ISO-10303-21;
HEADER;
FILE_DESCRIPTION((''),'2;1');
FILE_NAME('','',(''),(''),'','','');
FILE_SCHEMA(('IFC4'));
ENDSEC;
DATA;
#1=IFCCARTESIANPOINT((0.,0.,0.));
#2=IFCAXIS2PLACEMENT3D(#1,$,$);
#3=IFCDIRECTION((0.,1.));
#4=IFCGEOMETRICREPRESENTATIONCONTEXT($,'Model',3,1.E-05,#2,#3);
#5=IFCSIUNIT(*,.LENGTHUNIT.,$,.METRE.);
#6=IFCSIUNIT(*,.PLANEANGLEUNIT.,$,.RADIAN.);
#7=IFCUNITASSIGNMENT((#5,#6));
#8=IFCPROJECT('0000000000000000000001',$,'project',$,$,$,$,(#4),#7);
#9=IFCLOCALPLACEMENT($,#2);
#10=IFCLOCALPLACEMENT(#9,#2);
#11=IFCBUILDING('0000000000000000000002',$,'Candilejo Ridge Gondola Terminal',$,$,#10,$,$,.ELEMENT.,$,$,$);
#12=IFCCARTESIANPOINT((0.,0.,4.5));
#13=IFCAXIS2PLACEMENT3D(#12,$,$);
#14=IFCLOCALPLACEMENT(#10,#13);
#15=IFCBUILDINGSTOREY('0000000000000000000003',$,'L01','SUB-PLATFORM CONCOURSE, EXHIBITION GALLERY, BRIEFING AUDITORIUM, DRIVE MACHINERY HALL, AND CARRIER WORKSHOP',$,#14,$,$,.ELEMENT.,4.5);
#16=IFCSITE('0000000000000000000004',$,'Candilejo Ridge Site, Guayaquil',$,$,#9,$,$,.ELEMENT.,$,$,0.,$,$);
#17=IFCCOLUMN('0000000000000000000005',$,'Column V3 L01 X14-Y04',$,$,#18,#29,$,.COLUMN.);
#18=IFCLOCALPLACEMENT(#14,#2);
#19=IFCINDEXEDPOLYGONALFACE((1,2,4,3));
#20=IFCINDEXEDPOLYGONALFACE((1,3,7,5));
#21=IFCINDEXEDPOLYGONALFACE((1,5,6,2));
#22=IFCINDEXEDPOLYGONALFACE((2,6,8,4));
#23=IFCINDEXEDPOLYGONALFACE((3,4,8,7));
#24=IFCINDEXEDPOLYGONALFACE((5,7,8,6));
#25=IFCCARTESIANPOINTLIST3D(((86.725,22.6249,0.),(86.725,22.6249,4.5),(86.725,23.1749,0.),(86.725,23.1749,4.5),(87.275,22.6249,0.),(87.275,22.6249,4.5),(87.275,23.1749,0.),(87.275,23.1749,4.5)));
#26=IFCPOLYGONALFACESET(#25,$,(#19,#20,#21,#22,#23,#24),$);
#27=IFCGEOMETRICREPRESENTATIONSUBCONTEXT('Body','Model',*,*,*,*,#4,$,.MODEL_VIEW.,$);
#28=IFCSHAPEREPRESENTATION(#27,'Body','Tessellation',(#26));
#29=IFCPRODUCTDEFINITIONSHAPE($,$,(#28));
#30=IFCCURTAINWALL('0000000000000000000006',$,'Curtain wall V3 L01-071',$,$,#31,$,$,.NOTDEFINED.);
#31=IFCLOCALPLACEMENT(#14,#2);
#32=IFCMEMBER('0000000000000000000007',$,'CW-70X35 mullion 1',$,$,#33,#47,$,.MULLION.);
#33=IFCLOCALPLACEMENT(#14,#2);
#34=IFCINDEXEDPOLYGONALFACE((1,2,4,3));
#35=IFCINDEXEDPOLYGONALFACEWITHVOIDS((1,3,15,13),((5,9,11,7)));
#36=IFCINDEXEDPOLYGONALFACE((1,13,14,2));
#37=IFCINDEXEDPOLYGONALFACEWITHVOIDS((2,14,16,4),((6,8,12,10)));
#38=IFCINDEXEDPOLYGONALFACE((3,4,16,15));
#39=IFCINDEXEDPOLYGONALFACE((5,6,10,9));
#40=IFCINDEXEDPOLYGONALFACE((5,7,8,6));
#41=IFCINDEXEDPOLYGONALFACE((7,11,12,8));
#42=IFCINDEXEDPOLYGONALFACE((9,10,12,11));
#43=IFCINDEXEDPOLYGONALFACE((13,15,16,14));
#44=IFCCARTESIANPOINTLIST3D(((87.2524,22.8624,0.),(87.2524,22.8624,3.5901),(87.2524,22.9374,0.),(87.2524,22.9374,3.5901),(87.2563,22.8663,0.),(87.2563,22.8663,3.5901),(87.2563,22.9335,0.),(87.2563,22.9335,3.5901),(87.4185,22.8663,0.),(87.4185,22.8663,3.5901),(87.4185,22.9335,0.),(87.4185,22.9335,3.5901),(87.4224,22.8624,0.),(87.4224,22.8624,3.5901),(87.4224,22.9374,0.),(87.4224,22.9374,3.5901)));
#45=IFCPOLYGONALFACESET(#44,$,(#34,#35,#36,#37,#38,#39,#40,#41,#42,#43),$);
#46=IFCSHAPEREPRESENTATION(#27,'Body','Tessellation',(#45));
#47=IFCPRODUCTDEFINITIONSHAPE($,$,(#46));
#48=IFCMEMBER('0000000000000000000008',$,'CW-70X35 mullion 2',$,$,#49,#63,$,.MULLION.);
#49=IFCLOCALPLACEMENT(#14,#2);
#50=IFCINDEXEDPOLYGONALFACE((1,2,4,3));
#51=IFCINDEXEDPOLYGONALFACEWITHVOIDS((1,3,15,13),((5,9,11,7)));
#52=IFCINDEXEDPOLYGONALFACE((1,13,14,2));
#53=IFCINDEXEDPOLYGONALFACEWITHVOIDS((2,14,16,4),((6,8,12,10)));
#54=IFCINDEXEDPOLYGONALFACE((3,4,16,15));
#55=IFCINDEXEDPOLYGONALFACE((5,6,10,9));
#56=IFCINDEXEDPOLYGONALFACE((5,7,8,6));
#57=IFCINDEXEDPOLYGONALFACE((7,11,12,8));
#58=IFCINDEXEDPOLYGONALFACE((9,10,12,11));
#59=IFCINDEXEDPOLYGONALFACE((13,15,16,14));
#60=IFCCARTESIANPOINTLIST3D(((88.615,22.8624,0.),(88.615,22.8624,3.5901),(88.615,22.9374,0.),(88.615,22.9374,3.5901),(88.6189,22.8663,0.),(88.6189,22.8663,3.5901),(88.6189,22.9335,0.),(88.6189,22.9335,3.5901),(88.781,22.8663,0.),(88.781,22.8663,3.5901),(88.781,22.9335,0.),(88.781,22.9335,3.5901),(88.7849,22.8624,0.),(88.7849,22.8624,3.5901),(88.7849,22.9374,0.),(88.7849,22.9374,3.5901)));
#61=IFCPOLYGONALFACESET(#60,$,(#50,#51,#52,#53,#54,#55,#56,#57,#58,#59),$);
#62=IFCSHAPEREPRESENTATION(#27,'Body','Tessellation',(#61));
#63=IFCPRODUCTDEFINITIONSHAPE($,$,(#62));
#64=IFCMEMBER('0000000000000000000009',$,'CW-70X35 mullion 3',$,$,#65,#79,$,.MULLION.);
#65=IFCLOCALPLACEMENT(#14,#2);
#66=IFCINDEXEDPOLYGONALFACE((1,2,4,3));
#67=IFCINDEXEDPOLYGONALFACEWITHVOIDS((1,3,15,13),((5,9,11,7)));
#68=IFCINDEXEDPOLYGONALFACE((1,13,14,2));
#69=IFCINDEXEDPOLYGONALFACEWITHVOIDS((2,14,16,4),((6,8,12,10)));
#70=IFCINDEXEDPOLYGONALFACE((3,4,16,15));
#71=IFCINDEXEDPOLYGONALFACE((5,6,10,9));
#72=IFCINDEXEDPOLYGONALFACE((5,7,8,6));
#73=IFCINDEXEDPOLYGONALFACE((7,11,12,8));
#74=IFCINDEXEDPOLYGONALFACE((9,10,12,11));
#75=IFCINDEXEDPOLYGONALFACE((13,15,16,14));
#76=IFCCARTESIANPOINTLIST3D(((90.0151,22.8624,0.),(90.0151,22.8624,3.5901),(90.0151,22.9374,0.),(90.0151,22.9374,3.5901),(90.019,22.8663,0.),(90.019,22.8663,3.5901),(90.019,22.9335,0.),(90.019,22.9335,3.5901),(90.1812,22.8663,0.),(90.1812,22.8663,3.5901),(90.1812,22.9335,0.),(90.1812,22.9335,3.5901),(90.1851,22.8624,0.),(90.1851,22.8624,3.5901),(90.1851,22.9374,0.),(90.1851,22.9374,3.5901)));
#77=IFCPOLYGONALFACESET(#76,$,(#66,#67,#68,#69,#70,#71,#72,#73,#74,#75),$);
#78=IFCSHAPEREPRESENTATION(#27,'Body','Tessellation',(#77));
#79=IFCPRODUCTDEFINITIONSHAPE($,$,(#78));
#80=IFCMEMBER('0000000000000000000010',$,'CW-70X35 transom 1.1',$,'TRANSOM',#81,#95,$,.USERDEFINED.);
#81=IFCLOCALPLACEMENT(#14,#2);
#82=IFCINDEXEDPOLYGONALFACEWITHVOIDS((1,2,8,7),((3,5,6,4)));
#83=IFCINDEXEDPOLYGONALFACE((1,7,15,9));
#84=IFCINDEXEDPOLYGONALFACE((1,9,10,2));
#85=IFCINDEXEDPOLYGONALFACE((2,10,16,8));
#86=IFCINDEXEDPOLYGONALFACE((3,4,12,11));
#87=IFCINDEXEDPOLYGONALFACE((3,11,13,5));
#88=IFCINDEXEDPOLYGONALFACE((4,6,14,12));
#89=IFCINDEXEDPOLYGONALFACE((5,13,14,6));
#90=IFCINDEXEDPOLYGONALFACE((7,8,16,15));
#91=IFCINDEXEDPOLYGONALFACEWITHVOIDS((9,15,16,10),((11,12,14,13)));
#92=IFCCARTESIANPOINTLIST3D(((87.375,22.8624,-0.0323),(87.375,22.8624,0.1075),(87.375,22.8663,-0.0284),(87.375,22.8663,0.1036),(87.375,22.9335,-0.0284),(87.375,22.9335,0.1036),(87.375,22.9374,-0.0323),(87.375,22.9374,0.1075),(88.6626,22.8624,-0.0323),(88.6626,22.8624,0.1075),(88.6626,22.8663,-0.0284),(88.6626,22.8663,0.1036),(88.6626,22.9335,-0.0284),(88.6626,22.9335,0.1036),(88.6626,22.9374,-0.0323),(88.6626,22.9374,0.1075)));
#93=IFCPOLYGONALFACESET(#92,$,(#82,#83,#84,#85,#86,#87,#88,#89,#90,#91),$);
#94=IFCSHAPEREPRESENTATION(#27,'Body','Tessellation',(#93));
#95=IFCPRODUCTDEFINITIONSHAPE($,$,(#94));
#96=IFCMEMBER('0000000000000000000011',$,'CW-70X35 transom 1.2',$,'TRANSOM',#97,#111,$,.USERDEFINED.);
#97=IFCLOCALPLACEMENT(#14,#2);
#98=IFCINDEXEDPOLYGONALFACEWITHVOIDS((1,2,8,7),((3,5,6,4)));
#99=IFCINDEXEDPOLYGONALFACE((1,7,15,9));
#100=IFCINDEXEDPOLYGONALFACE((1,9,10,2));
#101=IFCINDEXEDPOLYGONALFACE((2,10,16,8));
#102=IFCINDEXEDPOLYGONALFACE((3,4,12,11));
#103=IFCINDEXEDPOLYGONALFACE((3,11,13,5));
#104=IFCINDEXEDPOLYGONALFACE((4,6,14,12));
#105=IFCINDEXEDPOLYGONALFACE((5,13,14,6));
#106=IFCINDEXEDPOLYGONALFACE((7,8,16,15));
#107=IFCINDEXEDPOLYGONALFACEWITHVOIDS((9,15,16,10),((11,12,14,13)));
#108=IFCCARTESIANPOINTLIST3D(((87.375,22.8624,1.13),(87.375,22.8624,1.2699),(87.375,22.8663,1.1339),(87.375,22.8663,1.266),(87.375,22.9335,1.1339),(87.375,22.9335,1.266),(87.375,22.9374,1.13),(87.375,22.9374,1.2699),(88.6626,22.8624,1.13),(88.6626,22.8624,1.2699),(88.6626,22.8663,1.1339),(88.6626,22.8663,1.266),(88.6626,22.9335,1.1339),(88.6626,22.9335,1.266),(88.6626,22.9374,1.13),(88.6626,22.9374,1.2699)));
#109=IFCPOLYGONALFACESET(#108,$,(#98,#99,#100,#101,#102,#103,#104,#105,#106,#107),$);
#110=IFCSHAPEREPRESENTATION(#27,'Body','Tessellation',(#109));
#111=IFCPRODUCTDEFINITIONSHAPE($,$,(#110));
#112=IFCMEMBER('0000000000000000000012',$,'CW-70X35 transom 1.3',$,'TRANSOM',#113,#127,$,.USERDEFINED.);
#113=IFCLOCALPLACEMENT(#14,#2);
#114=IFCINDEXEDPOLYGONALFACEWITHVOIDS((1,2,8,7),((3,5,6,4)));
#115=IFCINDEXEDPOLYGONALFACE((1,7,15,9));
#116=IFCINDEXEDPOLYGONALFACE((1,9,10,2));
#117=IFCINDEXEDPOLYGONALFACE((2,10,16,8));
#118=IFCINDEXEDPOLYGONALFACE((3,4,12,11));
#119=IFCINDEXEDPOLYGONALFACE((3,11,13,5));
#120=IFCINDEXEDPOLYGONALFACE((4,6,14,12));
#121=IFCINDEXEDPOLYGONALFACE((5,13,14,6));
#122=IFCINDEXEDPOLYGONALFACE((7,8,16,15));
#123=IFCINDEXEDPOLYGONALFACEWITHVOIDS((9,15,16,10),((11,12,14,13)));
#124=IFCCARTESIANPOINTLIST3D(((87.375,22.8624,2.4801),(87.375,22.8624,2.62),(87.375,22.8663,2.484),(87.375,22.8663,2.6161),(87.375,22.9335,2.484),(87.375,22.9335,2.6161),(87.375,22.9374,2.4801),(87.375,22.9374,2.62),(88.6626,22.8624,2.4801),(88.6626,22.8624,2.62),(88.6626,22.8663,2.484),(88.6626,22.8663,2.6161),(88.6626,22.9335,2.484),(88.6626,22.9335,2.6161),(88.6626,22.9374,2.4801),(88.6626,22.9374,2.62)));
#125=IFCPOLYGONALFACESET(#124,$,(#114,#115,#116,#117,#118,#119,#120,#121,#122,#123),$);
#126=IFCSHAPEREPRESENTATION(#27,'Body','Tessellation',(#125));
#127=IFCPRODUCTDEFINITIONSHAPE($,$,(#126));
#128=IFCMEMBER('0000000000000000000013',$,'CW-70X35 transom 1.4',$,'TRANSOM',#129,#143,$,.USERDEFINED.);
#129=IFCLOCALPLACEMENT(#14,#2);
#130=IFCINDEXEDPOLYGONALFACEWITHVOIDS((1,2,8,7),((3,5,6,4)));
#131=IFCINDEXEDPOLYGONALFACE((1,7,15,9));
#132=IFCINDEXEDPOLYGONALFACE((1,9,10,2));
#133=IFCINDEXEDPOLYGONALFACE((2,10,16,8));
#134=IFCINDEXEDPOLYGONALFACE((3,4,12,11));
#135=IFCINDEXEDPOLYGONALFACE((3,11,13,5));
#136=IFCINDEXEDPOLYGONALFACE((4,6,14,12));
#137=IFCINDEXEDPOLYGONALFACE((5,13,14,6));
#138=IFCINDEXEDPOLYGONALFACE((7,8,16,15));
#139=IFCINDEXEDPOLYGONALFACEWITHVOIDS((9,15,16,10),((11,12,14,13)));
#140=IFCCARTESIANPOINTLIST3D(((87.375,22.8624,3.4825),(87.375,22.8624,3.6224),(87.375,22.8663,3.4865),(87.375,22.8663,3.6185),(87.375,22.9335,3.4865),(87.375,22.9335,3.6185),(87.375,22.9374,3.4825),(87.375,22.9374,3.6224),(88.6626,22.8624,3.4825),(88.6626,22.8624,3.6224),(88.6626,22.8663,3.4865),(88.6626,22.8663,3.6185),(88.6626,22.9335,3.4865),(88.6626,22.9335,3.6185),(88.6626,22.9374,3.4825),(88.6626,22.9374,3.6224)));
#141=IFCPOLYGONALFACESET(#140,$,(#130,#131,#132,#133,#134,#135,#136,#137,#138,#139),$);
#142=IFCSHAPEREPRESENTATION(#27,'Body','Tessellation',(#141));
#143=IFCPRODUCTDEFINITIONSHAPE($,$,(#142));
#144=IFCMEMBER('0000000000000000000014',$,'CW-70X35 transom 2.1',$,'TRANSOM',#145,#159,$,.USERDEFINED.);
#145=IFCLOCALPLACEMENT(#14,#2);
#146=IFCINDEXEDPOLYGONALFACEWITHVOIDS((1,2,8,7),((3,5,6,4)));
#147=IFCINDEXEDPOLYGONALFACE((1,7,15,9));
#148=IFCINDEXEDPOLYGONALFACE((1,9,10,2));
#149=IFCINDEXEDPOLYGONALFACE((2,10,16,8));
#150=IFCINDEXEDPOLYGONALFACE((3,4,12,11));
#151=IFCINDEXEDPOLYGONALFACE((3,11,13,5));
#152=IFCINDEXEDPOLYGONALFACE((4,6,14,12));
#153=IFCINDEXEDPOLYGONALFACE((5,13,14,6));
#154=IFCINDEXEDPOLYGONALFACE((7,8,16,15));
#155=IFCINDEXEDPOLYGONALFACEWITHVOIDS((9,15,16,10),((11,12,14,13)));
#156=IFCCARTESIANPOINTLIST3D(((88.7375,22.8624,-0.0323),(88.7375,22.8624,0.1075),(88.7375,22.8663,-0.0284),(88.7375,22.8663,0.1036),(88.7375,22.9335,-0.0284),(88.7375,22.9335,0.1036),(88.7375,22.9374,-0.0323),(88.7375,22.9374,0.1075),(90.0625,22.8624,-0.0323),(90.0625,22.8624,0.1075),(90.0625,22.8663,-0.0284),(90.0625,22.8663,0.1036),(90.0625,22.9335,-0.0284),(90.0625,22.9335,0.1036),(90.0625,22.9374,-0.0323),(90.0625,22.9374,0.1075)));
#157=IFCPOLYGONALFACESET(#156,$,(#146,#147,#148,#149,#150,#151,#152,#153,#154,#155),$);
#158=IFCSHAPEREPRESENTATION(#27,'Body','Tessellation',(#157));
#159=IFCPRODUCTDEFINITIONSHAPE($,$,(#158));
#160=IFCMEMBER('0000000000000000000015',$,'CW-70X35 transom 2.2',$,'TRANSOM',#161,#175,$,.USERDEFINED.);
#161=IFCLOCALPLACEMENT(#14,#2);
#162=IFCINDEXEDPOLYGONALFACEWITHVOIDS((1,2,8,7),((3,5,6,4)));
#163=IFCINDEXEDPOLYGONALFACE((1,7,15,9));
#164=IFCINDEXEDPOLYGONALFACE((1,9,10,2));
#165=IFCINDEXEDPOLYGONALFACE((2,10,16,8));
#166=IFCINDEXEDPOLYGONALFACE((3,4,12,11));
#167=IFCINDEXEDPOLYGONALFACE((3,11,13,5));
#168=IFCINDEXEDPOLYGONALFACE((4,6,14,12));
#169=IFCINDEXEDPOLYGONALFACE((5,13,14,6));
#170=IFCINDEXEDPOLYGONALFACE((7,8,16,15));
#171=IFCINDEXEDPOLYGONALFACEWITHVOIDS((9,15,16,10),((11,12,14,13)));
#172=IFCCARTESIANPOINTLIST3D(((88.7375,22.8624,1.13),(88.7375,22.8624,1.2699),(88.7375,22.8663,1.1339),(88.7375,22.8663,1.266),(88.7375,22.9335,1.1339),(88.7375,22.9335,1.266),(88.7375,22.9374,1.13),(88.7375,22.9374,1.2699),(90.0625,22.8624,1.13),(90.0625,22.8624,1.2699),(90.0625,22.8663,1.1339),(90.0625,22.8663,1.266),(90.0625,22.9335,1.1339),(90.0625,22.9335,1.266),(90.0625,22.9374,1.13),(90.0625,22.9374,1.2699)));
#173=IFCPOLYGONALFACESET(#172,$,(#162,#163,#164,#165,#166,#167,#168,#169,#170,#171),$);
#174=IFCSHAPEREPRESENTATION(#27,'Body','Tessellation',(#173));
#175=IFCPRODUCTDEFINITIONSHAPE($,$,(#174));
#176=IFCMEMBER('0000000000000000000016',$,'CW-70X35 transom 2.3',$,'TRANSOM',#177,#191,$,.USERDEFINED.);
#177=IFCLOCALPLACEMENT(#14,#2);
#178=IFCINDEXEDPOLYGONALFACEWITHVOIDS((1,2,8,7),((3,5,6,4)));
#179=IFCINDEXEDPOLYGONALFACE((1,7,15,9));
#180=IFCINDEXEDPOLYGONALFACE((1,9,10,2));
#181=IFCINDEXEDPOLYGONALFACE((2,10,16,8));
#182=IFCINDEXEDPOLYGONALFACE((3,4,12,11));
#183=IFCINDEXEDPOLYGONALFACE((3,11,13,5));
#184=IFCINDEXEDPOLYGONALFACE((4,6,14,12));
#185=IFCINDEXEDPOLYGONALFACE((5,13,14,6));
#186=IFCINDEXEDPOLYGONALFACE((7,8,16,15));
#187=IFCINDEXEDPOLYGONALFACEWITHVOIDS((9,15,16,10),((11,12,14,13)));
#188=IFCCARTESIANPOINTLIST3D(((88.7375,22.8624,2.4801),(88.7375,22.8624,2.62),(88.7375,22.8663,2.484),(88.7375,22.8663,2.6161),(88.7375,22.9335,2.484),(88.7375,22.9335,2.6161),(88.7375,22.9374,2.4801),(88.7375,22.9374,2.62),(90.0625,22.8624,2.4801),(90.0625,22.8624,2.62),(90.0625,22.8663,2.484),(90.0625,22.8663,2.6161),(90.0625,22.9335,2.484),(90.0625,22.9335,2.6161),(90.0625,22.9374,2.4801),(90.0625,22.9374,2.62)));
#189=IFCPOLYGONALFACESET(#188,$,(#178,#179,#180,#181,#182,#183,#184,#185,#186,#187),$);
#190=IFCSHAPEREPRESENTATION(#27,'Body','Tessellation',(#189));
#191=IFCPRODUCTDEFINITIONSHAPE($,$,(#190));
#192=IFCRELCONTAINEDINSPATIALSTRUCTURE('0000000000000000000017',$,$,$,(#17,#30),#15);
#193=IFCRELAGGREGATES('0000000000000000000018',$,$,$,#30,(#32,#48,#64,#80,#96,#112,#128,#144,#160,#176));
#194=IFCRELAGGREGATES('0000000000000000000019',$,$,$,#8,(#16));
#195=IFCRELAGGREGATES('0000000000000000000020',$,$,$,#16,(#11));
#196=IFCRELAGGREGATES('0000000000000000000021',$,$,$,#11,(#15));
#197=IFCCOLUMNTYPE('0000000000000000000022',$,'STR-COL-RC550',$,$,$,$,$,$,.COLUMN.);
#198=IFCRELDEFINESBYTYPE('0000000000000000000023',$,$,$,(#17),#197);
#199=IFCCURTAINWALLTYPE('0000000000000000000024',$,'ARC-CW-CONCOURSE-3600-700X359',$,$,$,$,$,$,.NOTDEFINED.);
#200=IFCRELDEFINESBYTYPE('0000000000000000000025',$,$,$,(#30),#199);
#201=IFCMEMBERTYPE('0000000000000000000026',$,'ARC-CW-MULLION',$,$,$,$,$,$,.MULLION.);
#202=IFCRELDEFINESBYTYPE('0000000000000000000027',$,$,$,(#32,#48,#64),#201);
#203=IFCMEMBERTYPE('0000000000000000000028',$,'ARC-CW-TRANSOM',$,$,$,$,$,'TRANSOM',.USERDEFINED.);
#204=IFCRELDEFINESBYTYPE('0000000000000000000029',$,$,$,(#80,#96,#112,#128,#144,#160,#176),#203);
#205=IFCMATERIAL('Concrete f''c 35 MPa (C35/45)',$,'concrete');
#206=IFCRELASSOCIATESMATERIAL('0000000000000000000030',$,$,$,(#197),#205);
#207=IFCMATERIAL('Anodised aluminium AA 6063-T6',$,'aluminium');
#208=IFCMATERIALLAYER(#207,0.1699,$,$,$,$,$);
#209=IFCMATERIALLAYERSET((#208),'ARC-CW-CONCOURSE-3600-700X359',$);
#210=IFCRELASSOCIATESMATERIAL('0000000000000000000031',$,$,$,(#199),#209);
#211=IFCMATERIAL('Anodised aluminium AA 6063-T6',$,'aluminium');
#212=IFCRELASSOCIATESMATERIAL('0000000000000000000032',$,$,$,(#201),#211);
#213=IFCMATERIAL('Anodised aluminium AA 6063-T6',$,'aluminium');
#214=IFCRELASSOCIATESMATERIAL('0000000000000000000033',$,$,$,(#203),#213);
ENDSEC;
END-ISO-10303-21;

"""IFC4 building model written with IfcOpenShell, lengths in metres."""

from ifc_helpers import new_model, si_unit, direction, frame, origin, origin_2d, place, context, subcontext, project, spatial, rectangle, hollow_rectangle, extrude, material, layer, layer_set, material_profile, profile_set, type_object, element, aggregate, save


model = new_model("IFC4")

# Units and contexts
model_context = context("Model", 3, precision=1e-05, world=origin(), true_north=direction((0.0, 1.0)))
body_context = subcontext(model_context, "Body", "Model", "MODEL_VIEW")
ifc_project = project(units=[si_unit("LENGTHUNIT", "METRE"), si_unit("PLANEANGLEUNIT", "RADIAN")], contexts=[model_context])

# Site, building, storey
site_placement = place(None, origin())
site = spatial("IfcSite", under=ifc_project, at=site_placement, Name="Candilejo Ridge Site, Guayaquil", CompositionType="ELEMENT", RefElevation=0.0)
building_placement = place(site_placement, origin())
building = spatial("IfcBuilding", under=site, at=building_placement, Name="Candilejo Ridge Gondola Terminal", CompositionType="ELEMENT")
storey_placement = place(building_placement, frame((0.0, 0.0, 4.5)))
storey = spatial("IfcBuildingStorey", under=building, at=storey_placement, Name="L01", Description="SUB-PLATFORM CONCOURSE, EXHIBITION GALLERY, BRIEFING AUDITORIUM, DRIVE MACHINERY HALL, AND CARRIER WORKSHOP", CompositionType="ELEMENT", Elevation=4.5)

# Column
ifc_material_1 = material(Name="Concrete f'c 35 MPa (C35/45)", Category="concrete")
ifc_material_profile_1 = material_profile(ifc_material_1, rectangle(XDim=0.55, YDim=0.55, at=origin_2d()))
ifc_profile_set_1 = profile_set([ifc_material_profile_1], Name="Concrete f'c 35 MPa (C35/45)")
column_type = type_object("IfcColumnType", Name="STR-COL-RC550", PredefinedType="COLUMN", material=ifc_profile_set_1)
column_placement = place(storey_placement, frame((87.0, 22.8999, 0.0), z_axis=(0.0, 0.0, 1.0), x_axis=(1.0, 0.0, 0.0)))
element("IfcColumn", 1, at=column_placement, inside=storey, type_object=column_type, Name="Column V3 L01 X14-Y04", PredefinedType="COLUMN", context=body_context, shape_type="SweptSolid", body=[
    extrude(rectangle(XDim=0.55, YDim=0.55, at=origin_2d()), origin(), (0.0, 0.0, 1.0), 4.5),
])

# Curtain wall, members
ifc_material_2 = material(Name="Anodised aluminium AA 6063-T6", Category="aluminium")
ifc_layer_1 = layer(ifc_material_2, 0.1699)
ifc_layer_set_1 = layer_set([ifc_layer_1], Name="ARC-CW-CONCOURSE-3600-700X359")
curtain_wall_type = type_object("IfcCurtainWallType", Name="ARC-CW-CONCOURSE-3600-700X359", PredefinedType="NOTDEFINED", material=ifc_layer_set_1)
curtain_wall_placement = place(storey_placement, origin())
curtain_wall = element("IfcCurtainWall", 2, at=curtain_wall_placement, inside=storey, type_object=curtain_wall_type, Name="Curtain wall V3 L01-071", PredefinedType="NOTDEFINED")
ifc_material_3 = material(Name="Anodised aluminium AA 6063-T6", Category="aluminium")
ifc_material_profile_2 = material_profile(ifc_material_3, hollow_rectangle(XDim=0.075, YDim=0.1699, WallThickness=0.0039, at=origin_2d()))
ifc_profile_set_2 = profile_set([ifc_material_profile_2], Name="Anodised aluminium AA 6063-T6")
member_type_1 = type_object("IfcMemberType", Name="ARC-CW-MULLION", PredefinedType="MULLION", material=ifc_profile_set_2)
member_1_placement = place(storey_placement, frame((87.3374, 22.8999, 0.0), z_axis=(0.0, 0.0, 1.0), x_axis=(0.0, 1.0, 0.0)))
member_1 = element("IfcMember", 3, at=member_1_placement, type_object=member_type_1, Name="CW-70X35 mullion 1", PredefinedType="MULLION", context=body_context, shape_type="SweptSolid", body=[
    extrude(hollow_rectangle(XDim=0.075, YDim=0.1699, WallThickness=0.0039, at=origin_2d()), origin(), (0.0, 0.0, 1.0), 3.5901),
])
member_2_placement = place(storey_placement, frame((88.7, 22.8999, 0.0), z_axis=(0.0, 0.0, 1.0), x_axis=(0.0, 1.0, 0.0)))
member_2 = element("IfcMember", 4, at=member_2_placement, type_object=member_type_1, Name="CW-70X35 mullion 2", PredefinedType="MULLION", context=body_context, shape_type="SweptSolid", body=[
    extrude(hollow_rectangle(XDim=0.075, YDim=0.1699, WallThickness=0.0039, at=origin_2d()), origin(), (0.0, 0.0, 1.0), 3.5901),
])
member_3_placement = place(storey_placement, frame((90.1001, 22.8999, 0.0), z_axis=(0.0, 0.0, 1.0), x_axis=(0.0, 1.0, 0.0)))
member_3 = element("IfcMember", 5, at=member_3_placement, type_object=member_type_1, Name="CW-70X35 mullion 3", PredefinedType="MULLION", context=body_context, shape_type="SweptSolid", body=[
    extrude(hollow_rectangle(XDim=0.075, YDim=0.1699, WallThickness=0.0039, at=origin_2d()), origin(), (0.0, 0.0, 1.0), 3.5901),
])
ifc_material_4 = material(Name="Anodised aluminium AA 6063-T6", Category="aluminium")
ifc_material_profile_3 = material_profile(ifc_material_4, hollow_rectangle(XDim=0.075, YDim=0.1399, WallThickness=0.0039, at=origin_2d()))
ifc_profile_set_3 = profile_set([ifc_material_profile_3], Name="Anodised aluminium AA 6063-T6")
member_type_2 = type_object("IfcMemberType", Name="ARC-CW-TRANSOM", ElementType="TRANSOM", PredefinedType="USERDEFINED", material=ifc_profile_set_3)
member_4_placement = place(storey_placement, frame((87.375, 22.8999, 0.0376), z_axis=(1.0, 0.0, 0.0), x_axis=(0.0, 1.0, 0.0)))
member_4 = element("IfcMember", 6, at=member_4_placement, type_object=member_type_2, Name="CW-70X35 transom 1.1", ObjectType="TRANSOM", PredefinedType="USERDEFINED", context=body_context, shape_type="SweptSolid", body=[
    extrude(hollow_rectangle(XDim=0.075, YDim=0.1399, WallThickness=0.0039, at=origin_2d()), origin(), (0.0, 0.0, 1.0), 1.2876),
])
member_5_placement = place(storey_placement, frame((87.375, 22.8999, 1.2), z_axis=(1.0, 0.0, 0.0), x_axis=(0.0, 1.0, 0.0)))
member_5 = element("IfcMember", 7, at=member_5_placement, type_object=member_type_2, Name="CW-70X35 transom 1.2", ObjectType="TRANSOM", PredefinedType="USERDEFINED", context=body_context, shape_type="SweptSolid", body=[
    extrude(hollow_rectangle(XDim=0.075, YDim=0.1399, WallThickness=0.0039, at=origin_2d()), origin(), (0.0, 0.0, 1.0), 1.2876),
])
member_6_placement = place(storey_placement, frame((87.375, 22.8999, 2.55), z_axis=(1.0, 0.0, 0.0), x_axis=(0.0, 1.0, 0.0)))
member_6 = element("IfcMember", 8, at=member_6_placement, type_object=member_type_2, Name="CW-70X35 transom 1.3", ObjectType="TRANSOM", PredefinedType="USERDEFINED", context=body_context, shape_type="SweptSolid", body=[
    extrude(hollow_rectangle(XDim=0.075, YDim=0.1399, WallThickness=0.0039, at=origin_2d()), origin(), (0.0, 0.0, 1.0), 1.2876),
])
member_7_placement = place(storey_placement, frame((87.375, 22.8999, 3.5525), z_axis=(1.0, 0.0, 0.0), x_axis=(0.0, 1.0, 0.0)))
member_7 = element("IfcMember", 9, at=member_7_placement, type_object=member_type_2, Name="CW-70X35 transom 1.4", ObjectType="TRANSOM", PredefinedType="USERDEFINED", context=body_context, shape_type="SweptSolid", body=[
    extrude(hollow_rectangle(XDim=0.075, YDim=0.1399, WallThickness=0.0039, at=origin_2d()), origin(), (0.0, 0.0, 1.0), 1.2876),
])
member_8_placement = place(storey_placement, frame((88.7375, 22.8999, 0.0376), z_axis=(1.0, 0.0, 0.0), x_axis=(0.0, 1.0, 0.0)))
member_8 = element("IfcMember", 10, at=member_8_placement, type_object=member_type_2, Name="CW-70X35 transom 2.1", ObjectType="TRANSOM", PredefinedType="USERDEFINED", context=body_context, shape_type="SweptSolid", body=[
    extrude(hollow_rectangle(XDim=0.075, YDim=0.1399, WallThickness=0.0039, at=origin_2d()), origin(), (0.0, 0.0, 1.0), 1.325),
])
member_9_placement = place(storey_placement, frame((88.7375, 22.8999, 1.2), z_axis=(1.0, 0.0, 0.0), x_axis=(0.0, 1.0, 0.0)))
member_9 = element("IfcMember", 11, at=member_9_placement, type_object=member_type_2, Name="CW-70X35 transom 2.2", ObjectType="TRANSOM", PredefinedType="USERDEFINED", context=body_context, shape_type="SweptSolid", body=[
    extrude(hollow_rectangle(XDim=0.075, YDim=0.1399, WallThickness=0.0039, at=origin_2d()), origin(), (0.0, 0.0, 1.0), 1.325),
])
member_10_placement = place(storey_placement, frame((88.7375, 22.8999, 2.55), z_axis=(1.0, 0.0, 0.0), x_axis=(0.0, 1.0, 0.0)))
member_10 = element("IfcMember", 12, at=member_10_placement, type_object=member_type_2, Name="CW-70X35 transom 2.3", ObjectType="TRANSOM", PredefinedType="USERDEFINED", context=body_context, shape_type="SweptSolid", body=[
    extrude(hollow_rectangle(XDim=0.075, YDim=0.1399, WallThickness=0.0039, at=origin_2d()), origin(), (0.0, 0.0, 1.0), 1.325),
])

aggregate(curtain_wall, [member_1, member_2, member_3, member_4, member_5, member_6, member_7, member_8, member_9, member_10])

save(model, "model.ifc")
